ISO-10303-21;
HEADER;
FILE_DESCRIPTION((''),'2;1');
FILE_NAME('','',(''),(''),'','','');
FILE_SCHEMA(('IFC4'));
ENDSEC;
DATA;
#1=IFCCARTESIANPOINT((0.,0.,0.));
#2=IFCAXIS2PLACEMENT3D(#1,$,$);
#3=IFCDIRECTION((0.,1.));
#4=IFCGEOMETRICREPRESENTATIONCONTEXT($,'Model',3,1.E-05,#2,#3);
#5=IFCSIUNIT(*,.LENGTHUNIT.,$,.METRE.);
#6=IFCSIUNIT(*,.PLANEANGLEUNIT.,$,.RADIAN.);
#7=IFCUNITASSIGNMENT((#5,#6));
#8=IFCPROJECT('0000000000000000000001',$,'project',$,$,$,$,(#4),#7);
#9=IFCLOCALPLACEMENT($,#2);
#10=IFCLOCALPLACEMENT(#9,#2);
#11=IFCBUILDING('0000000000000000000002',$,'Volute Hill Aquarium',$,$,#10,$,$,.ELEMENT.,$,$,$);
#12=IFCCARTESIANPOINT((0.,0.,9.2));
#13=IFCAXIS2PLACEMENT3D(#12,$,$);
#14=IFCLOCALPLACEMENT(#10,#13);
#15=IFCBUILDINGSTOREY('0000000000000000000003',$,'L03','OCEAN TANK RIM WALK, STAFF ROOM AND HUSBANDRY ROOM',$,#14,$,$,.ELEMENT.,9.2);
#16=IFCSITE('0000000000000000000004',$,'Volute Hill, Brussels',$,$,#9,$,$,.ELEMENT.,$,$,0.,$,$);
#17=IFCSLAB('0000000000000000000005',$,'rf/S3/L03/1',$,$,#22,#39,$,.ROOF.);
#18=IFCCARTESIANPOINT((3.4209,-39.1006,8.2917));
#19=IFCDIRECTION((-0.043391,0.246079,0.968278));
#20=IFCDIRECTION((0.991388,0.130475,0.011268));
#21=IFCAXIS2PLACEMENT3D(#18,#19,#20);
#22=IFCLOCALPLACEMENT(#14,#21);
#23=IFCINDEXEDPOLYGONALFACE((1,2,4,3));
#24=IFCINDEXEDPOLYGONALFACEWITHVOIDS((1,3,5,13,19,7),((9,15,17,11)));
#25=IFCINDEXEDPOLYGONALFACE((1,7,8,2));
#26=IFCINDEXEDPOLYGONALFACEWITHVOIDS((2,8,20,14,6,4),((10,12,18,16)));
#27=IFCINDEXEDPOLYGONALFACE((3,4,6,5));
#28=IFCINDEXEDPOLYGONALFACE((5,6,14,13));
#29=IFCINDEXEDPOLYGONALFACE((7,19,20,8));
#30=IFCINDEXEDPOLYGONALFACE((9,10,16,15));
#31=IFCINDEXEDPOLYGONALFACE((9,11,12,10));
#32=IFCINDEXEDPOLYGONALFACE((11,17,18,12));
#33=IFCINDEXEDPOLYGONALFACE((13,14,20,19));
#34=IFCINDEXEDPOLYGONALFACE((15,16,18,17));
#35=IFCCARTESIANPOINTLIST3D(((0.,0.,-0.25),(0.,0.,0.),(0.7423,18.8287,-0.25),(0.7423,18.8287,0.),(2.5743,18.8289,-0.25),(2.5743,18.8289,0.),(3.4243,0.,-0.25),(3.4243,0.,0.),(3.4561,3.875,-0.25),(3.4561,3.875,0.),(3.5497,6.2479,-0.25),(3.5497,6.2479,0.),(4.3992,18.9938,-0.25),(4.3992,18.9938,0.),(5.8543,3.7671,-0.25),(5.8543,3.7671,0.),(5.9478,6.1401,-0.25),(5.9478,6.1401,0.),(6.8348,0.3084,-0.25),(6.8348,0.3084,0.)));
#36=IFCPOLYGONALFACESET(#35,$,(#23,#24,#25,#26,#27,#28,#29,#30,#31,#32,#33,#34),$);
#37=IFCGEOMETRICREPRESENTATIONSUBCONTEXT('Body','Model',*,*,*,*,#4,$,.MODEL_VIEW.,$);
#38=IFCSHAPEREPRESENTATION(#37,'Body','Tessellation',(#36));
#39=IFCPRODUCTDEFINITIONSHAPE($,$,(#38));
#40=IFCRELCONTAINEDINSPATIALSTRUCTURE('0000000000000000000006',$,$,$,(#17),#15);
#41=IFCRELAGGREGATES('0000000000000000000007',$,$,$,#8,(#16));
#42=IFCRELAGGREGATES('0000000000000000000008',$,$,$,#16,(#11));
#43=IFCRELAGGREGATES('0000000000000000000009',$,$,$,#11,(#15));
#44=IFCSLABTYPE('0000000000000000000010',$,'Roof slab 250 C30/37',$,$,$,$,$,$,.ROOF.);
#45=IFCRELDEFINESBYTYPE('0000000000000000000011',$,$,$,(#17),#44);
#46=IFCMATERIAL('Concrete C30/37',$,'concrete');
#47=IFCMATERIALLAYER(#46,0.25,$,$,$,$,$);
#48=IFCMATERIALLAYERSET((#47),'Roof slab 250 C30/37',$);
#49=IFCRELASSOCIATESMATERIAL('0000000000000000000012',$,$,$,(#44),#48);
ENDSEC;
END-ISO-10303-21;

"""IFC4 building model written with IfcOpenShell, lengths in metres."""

from ifc_helpers import new_model, si_unit, direction, frame, origin, place, context, subcontext, project, spatial, polyline, outline, extrude, material, layer, layer_set, type_object, element, save


model = new_model("IFC4")

# Units and contexts
model_context = context("Model", 3, precision=1e-05, world=origin(), true_north=direction((0.0, 1.0)))
body_context = subcontext(model_context, "Body", "Model", "MODEL_VIEW")
ifc_project = project(units=[si_unit("LENGTHUNIT", "METRE"), si_unit("PLANEANGLEUNIT", "RADIAN")], contexts=[model_context])

# Site, building, storey
site_placement = place(None, origin())
site = spatial("IfcSite", under=ifc_project, at=site_placement, Name="Volute Hill, Brussels", CompositionType="ELEMENT", RefElevation=0.0)
building_placement = place(site_placement, origin())
building = spatial("IfcBuilding", under=site, at=building_placement, Name="Volute Hill Aquarium", CompositionType="ELEMENT")
storey_placement = place(building_placement, frame((0.0, 0.0, 9.2)))
storey = spatial("IfcBuildingStorey", under=building, at=storey_placement, Name="L03", Description="OCEAN TANK RIM WALK, STAFF ROOM AND HUSBANDRY ROOM", CompositionType="ELEMENT", Elevation=9.2)

# Slab
ifc_material_1 = material(Name="Concrete C30/37", Category="concrete")
ifc_layer_1 = layer(ifc_material_1, 0.25)
ifc_layer_set_1 = layer_set([ifc_layer_1], Name="Roof slab 250 C30/37")
slab_type = type_object("IfcSlabType", Name="Roof slab 250 C30/37", PredefinedType="ROOF", material=ifc_layer_set_1)
slab_placement = place(storey_placement, frame((3.4209, -39.1006, 8.2917), z_axis=(-0.043391, 0.246079, 0.968278), x_axis=(0.991388, 0.130475, 0.011268)))
element("IfcSlab", 1, at=slab_placement, inside=storey, type_object=slab_type, Name="rf/S3/L03/1", PredefinedType="ROOF", context=body_context, shape_type="SweptSolid", body=[
    extrude(outline(polyline([(0.0, 0.0), (3.4243, 0.0), (6.8348, 0.3084), (4.3992, 18.9938), (2.5743, 18.8289), (0.7423, 18.8287), (0.0, 0.0)]), holes=[polyline([(3.4561, 3.875), (5.8543, 3.7671), (5.9478, 6.1401), (3.5497, 6.2479), (3.4561, 3.875)])]), origin(), (0.0, 0.0, -1.0), 0.25),
])

save(model, "model.ifc")
